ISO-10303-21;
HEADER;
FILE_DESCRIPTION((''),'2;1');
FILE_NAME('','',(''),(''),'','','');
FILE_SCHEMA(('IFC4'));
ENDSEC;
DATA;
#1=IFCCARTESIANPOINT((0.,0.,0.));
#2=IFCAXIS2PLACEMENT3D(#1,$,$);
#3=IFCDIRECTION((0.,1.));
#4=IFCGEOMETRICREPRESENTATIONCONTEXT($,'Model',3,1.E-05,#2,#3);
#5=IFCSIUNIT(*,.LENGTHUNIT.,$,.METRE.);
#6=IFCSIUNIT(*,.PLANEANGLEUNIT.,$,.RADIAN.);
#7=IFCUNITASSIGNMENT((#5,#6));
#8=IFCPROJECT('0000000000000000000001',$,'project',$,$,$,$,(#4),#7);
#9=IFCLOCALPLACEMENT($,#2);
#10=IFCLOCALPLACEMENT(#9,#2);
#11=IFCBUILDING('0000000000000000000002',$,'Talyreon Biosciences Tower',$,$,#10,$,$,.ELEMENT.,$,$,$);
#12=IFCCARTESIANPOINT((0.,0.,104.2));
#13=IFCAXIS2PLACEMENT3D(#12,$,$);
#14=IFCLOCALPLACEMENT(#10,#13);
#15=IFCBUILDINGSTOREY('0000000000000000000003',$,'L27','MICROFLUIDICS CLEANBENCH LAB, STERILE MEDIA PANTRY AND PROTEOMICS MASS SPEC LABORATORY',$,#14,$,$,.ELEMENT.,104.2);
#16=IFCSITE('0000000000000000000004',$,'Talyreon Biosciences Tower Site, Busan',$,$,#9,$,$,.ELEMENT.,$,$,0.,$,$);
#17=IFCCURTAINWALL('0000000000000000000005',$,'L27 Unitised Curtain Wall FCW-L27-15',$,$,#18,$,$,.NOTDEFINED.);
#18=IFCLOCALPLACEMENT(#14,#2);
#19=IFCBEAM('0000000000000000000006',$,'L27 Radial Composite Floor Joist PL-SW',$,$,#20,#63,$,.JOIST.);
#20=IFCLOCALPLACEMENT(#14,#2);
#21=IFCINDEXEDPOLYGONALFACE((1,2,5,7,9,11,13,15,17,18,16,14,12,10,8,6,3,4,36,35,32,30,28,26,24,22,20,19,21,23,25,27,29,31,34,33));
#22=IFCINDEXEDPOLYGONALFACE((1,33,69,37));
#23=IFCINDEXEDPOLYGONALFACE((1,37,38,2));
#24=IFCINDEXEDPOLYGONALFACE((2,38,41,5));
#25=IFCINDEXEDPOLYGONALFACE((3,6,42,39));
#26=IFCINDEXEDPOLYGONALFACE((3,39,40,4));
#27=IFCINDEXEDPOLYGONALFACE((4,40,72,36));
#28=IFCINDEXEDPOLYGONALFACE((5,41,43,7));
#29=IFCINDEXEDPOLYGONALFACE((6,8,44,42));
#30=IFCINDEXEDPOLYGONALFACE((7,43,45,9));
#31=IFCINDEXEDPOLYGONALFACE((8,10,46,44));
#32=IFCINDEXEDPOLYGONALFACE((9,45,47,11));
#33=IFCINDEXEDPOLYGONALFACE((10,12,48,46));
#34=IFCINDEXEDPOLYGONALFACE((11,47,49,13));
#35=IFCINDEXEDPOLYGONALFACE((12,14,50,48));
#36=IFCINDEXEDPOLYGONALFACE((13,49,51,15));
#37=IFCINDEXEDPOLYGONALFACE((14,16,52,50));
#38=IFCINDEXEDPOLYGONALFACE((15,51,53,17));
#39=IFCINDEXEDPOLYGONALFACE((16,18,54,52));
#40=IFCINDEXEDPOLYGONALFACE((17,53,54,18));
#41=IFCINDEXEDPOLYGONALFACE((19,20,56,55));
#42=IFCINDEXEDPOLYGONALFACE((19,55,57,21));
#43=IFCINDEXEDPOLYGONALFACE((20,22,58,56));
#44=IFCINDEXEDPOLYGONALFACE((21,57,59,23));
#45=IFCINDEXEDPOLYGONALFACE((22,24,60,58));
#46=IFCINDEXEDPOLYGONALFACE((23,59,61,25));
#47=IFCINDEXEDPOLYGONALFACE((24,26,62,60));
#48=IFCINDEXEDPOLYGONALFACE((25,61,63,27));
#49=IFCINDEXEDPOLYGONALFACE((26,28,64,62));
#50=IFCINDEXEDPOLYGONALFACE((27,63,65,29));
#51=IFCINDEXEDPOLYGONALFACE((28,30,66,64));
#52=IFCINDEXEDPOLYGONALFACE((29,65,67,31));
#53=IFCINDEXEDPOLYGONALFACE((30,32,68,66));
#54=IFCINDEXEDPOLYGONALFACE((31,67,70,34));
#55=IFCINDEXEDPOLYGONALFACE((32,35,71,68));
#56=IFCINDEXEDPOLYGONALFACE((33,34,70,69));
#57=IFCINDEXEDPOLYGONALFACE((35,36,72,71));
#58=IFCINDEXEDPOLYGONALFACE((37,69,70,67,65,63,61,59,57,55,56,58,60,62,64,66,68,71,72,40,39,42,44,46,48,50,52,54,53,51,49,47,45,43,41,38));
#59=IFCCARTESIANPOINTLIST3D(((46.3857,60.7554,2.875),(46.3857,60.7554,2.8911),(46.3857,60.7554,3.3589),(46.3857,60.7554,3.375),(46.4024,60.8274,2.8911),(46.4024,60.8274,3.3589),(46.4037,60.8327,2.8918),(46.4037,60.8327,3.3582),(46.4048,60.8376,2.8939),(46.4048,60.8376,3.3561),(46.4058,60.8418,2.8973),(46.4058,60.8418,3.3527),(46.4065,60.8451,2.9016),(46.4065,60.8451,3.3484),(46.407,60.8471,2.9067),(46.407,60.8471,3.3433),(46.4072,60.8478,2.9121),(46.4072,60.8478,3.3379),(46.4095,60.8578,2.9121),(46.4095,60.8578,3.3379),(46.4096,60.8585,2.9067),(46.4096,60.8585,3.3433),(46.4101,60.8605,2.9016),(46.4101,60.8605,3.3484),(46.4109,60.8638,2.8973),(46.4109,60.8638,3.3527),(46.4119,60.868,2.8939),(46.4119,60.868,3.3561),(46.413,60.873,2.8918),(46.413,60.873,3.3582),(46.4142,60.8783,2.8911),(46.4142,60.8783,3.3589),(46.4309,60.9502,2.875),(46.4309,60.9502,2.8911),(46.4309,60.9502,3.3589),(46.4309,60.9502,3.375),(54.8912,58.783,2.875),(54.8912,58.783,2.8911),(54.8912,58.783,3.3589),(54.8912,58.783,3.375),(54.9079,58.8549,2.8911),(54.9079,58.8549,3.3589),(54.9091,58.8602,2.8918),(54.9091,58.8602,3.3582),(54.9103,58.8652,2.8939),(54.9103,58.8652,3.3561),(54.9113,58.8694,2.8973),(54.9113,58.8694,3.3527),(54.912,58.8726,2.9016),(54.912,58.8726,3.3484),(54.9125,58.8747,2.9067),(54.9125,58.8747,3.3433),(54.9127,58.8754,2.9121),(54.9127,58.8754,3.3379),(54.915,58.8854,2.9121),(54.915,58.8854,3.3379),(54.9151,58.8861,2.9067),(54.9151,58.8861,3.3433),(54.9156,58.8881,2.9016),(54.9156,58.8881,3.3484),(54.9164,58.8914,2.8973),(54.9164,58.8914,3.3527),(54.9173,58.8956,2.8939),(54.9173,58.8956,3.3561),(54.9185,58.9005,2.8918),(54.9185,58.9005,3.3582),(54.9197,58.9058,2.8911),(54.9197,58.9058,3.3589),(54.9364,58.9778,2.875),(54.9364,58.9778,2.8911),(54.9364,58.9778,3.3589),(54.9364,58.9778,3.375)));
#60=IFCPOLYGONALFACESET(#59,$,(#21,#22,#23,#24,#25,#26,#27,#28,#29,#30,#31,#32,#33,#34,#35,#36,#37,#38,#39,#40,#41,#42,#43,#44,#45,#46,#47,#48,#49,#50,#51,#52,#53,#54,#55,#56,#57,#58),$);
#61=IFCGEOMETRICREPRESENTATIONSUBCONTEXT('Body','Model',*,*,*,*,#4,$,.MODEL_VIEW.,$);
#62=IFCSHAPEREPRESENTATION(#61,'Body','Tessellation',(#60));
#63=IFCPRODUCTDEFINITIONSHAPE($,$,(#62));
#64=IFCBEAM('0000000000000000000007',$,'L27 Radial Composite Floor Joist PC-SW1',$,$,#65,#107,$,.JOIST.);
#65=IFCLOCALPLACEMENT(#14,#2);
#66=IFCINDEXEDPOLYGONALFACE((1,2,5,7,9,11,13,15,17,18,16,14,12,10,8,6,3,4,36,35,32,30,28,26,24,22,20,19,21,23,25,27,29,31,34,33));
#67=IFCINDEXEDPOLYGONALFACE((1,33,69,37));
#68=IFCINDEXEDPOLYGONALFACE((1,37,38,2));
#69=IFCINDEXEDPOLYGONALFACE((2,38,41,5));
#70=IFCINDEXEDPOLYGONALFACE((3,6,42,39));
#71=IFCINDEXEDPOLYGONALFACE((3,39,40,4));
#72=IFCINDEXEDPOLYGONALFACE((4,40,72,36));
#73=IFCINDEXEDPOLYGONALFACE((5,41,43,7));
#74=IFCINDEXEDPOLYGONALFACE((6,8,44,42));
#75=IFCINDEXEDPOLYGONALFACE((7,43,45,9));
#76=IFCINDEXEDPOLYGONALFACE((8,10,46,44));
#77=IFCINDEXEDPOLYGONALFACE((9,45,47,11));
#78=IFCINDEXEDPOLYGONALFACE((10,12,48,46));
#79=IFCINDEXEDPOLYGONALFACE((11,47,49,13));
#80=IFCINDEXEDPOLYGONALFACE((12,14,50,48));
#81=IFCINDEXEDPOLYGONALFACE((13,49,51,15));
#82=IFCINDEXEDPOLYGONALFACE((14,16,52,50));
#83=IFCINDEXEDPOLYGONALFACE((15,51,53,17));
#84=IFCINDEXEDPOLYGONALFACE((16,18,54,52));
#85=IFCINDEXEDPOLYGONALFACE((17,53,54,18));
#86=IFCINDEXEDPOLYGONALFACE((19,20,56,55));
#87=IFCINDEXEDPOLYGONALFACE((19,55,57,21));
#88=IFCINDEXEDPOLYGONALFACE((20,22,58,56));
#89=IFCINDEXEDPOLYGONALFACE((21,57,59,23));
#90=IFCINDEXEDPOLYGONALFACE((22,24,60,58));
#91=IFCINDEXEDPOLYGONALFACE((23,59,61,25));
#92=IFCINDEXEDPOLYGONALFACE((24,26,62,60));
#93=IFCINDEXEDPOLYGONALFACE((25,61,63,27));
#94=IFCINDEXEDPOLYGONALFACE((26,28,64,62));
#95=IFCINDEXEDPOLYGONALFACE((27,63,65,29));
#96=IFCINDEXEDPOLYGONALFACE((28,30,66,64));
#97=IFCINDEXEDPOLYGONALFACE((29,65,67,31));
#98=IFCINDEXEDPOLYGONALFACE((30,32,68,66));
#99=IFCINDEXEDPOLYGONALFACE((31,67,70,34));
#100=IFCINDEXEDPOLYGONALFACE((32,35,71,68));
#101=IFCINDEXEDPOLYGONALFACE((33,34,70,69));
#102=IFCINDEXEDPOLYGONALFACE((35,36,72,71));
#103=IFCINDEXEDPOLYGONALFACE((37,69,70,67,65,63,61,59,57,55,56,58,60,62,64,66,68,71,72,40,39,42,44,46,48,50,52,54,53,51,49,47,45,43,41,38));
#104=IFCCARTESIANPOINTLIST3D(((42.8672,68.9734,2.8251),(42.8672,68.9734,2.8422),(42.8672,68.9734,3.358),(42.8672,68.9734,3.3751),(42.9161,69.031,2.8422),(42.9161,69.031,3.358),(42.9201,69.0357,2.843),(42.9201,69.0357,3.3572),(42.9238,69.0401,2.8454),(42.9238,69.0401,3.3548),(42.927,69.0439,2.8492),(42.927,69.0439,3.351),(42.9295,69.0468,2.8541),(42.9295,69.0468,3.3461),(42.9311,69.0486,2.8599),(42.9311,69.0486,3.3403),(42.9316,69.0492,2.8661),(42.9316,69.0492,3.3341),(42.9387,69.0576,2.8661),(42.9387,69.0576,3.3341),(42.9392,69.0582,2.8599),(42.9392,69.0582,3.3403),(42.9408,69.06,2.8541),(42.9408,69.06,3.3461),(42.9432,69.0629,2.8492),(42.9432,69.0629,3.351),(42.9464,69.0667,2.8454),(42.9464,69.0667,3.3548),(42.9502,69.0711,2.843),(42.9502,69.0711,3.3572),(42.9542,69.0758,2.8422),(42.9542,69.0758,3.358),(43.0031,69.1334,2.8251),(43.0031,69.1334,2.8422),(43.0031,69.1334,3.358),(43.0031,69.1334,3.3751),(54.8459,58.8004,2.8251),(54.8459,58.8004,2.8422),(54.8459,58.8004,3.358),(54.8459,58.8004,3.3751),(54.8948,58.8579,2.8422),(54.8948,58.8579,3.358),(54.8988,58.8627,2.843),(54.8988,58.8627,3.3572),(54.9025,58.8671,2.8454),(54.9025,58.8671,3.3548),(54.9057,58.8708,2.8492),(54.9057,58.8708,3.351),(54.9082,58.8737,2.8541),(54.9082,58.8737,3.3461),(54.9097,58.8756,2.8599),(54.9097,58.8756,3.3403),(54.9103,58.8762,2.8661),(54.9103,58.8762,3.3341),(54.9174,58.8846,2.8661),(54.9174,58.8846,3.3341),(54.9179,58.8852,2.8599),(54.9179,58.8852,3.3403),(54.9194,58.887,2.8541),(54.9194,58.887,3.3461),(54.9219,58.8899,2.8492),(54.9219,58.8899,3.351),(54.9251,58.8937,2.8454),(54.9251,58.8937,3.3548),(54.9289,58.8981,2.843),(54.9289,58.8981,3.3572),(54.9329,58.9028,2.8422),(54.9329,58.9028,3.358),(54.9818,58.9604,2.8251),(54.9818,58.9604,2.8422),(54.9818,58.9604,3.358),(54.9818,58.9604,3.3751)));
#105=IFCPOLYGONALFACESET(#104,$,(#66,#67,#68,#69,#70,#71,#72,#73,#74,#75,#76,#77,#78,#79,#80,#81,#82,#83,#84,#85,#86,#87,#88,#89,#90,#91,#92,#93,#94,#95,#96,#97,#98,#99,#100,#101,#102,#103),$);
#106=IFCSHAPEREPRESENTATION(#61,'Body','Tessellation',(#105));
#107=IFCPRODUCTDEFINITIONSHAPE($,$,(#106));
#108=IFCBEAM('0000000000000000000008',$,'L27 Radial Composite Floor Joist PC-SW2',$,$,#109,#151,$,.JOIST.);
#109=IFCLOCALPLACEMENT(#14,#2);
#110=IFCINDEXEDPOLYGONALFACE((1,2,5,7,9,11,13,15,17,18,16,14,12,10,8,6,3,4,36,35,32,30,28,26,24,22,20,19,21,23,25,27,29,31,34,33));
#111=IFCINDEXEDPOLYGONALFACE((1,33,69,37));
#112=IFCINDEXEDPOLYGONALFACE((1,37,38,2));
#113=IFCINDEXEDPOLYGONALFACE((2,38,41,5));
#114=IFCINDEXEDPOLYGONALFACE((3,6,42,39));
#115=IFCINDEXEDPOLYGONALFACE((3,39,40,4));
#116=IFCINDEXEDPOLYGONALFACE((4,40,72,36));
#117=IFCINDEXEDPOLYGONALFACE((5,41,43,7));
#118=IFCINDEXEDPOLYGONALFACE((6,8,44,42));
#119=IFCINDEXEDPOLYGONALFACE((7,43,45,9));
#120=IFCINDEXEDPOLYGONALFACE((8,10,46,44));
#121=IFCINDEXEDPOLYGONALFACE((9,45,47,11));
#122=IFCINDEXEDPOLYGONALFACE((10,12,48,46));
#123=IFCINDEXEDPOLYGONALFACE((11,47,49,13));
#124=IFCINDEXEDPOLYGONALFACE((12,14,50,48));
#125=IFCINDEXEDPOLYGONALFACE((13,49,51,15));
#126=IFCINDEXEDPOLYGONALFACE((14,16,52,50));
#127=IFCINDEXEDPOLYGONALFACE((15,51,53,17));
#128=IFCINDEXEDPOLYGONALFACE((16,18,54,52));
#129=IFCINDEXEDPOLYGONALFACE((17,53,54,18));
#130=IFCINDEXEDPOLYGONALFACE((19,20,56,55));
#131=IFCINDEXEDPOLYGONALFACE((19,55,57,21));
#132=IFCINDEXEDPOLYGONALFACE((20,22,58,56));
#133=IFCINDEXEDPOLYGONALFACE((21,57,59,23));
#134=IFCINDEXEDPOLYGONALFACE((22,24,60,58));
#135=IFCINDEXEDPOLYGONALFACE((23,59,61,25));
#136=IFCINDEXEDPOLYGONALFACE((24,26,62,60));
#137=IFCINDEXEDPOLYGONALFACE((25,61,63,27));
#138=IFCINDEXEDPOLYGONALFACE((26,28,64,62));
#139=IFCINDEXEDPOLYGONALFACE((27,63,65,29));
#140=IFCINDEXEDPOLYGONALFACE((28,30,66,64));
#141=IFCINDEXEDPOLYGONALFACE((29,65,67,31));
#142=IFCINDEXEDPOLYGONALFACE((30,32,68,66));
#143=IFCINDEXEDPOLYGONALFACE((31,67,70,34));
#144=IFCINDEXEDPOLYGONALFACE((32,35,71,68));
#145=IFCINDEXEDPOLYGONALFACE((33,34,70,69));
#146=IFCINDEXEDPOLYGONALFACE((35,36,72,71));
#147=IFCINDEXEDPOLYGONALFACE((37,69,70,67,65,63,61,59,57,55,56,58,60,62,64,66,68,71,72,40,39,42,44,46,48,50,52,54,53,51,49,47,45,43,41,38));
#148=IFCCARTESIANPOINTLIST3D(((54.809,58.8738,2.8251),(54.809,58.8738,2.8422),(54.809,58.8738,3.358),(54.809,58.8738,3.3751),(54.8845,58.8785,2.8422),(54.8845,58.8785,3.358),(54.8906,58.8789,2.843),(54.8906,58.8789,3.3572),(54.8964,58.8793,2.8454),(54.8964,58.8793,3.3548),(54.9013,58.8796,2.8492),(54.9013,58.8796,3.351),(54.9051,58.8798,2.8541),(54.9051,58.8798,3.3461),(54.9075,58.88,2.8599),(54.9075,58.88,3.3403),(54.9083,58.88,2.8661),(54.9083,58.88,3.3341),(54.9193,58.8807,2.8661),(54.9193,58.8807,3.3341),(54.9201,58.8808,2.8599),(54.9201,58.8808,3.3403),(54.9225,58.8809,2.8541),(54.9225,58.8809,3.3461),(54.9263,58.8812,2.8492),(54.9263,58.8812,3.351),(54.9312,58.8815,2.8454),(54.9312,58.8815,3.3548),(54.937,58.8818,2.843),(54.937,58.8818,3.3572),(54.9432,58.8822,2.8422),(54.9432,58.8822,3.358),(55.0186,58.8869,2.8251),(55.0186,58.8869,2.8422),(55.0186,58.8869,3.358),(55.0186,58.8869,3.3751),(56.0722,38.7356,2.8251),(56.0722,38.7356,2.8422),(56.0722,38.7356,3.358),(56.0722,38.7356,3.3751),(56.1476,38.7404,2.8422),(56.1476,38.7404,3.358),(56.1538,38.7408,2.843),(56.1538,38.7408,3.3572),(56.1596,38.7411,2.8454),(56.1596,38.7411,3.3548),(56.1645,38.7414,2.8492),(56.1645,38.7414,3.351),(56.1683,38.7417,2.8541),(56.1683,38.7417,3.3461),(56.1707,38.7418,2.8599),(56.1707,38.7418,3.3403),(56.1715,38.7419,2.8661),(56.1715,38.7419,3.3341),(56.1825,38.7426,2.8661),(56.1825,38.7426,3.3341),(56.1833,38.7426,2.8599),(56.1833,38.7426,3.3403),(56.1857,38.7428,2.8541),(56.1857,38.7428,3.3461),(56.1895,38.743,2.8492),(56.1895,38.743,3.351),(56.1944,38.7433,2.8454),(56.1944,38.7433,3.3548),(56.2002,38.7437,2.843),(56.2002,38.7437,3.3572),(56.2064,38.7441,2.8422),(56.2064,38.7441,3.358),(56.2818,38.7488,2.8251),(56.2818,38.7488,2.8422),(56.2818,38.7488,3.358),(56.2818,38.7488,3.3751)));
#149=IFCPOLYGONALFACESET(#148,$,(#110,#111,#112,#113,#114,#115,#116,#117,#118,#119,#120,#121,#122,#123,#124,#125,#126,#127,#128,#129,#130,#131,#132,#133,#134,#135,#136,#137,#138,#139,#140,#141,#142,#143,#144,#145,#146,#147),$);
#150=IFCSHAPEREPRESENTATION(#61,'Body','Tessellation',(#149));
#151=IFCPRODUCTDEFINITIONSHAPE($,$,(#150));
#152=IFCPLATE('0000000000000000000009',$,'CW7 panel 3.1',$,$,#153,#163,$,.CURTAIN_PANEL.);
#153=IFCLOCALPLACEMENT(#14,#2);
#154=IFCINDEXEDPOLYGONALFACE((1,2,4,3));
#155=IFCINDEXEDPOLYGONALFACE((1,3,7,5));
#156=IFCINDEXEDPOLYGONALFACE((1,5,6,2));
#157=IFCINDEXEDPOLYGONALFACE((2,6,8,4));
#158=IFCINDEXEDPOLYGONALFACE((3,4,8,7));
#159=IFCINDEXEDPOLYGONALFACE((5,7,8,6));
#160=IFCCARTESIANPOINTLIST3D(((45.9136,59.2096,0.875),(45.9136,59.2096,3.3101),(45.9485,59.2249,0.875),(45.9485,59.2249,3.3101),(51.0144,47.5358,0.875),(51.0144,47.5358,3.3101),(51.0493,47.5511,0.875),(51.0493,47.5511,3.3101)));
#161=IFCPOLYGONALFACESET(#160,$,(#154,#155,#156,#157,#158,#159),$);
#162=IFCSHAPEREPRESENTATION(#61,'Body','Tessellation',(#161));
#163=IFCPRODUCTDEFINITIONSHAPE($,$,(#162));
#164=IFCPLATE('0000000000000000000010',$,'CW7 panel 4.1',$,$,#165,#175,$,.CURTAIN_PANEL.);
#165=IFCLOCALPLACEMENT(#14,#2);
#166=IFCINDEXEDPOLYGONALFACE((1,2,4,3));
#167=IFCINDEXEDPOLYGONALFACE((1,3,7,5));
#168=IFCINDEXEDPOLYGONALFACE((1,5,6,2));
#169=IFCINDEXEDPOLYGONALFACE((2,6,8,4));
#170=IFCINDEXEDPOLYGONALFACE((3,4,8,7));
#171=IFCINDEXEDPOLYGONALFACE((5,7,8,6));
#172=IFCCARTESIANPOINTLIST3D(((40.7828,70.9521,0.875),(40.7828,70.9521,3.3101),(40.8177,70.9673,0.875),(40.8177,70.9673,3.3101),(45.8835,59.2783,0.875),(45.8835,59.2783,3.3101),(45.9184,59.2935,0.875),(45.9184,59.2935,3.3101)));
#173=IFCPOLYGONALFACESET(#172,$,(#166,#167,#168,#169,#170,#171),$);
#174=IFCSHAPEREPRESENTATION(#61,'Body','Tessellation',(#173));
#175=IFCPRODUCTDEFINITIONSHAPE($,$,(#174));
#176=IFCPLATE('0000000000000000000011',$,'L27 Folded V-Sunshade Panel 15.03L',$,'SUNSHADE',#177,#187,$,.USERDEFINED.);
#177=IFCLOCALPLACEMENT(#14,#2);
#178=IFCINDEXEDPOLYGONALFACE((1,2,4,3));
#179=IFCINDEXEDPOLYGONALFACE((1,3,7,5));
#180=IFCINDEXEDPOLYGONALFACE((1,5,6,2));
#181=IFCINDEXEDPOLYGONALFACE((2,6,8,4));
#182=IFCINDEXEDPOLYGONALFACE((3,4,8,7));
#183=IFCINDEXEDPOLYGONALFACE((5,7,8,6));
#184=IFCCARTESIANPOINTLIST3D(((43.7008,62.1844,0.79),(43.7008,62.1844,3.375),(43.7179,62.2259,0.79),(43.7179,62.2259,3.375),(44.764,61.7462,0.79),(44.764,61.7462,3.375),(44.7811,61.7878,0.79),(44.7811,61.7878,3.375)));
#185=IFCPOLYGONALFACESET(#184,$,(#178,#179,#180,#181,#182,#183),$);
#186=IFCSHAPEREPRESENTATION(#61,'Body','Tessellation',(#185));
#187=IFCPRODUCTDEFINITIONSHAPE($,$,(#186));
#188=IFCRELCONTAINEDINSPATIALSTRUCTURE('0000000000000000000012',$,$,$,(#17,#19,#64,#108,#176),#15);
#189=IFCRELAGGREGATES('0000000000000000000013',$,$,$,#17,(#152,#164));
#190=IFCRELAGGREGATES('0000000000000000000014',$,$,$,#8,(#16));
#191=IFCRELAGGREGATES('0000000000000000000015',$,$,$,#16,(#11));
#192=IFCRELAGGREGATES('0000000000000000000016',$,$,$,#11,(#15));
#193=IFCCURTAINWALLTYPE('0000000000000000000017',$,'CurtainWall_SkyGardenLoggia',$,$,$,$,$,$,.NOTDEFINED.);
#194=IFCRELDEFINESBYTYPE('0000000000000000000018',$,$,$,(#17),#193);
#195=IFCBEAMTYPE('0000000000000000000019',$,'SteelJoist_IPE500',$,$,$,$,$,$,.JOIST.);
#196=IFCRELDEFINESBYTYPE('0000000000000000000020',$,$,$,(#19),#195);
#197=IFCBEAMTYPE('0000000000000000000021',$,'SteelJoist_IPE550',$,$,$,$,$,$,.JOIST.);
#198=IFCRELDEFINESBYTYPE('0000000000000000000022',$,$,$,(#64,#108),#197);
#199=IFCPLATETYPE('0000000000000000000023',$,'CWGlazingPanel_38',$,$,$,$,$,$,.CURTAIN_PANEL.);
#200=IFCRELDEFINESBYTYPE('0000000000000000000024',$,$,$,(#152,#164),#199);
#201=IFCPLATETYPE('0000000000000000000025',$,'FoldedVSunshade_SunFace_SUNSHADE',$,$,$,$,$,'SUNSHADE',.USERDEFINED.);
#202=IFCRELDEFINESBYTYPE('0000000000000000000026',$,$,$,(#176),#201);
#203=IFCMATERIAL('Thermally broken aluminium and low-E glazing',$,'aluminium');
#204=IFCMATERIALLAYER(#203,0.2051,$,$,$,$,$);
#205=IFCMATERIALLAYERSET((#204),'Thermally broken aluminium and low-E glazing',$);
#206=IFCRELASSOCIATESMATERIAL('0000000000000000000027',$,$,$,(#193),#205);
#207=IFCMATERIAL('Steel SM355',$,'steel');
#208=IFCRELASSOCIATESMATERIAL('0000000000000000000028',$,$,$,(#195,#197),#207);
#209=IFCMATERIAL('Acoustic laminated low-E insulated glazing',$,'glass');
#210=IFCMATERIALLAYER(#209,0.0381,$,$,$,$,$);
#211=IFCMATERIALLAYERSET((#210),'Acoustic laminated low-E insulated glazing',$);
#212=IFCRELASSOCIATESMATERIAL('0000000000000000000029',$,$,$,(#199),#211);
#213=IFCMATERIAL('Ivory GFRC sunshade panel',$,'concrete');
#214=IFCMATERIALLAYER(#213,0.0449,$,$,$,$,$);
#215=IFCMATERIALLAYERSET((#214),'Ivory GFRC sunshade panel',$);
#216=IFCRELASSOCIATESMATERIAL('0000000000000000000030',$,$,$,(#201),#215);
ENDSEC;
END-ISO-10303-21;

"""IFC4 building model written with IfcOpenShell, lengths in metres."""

from ifc_helpers import new_model, si_unit, direction, frame, origin, origin_2d, place, context, subcontext, project, spatial, rectangle, i_section, extrude, material, layer, layer_set, material_profile, profile_set, type_object, element, aggregate, save


model = new_model("IFC4")

# Units and contexts
model_context = context("Model", 3, precision=1e-05, world=origin(), true_north=direction((0.0, 1.0)))
body_context = subcontext(model_context, "Body", "Model", "MODEL_VIEW")
ifc_project = project(units=[si_unit("LENGTHUNIT", "METRE"), si_unit("PLANEANGLEUNIT", "RADIAN")], contexts=[model_context])

# Site, building, storey
site_placement = place(None, origin())
site = spatial("IfcSite", under=ifc_project, at=site_placement, Name="Talyreon Biosciences Tower Site, Busan", CompositionType="ELEMENT", RefElevation=0.0)
building_placement = place(site_placement, origin())
building = spatial("IfcBuilding", under=site, at=building_placement, Name="Talyreon Biosciences Tower", CompositionType="ELEMENT")
storey_placement = place(building_placement, frame((0.0, 0.0, 104.2)))
storey = spatial("IfcBuildingStorey", under=building, at=storey_placement, Name="L27", Description="MICROFLUIDICS CLEANBENCH LAB, STERILE MEDIA PANTRY AND PROTEOMICS MASS SPEC LABORATORY", CompositionType="ELEMENT", Elevation=104.2)

# Curtain wall
ifc_material_1 = material(Name="Thermally broken aluminium and low-E glazing", Category="aluminium")
ifc_layer_1 = layer(ifc_material_1, 0.2051)
ifc_layer_set_1 = layer_set([ifc_layer_1], Name="Thermally broken aluminium and low-E glazing")
curtain_wall_type = type_object("IfcCurtainWallType", Name="CurtainWall_SkyGardenLoggia", PredefinedType="NOTDEFINED", material=ifc_layer_set_1)
curtain_wall_placement = place(storey_placement, origin())
curtain_wall = element("IfcCurtainWall", 1, at=curtain_wall_placement, inside=storey, type_object=curtain_wall_type, Name="L27 Unitised Curtain Wall FCW-L27-15", PredefinedType="NOTDEFINED")

# Beams
ifc_material_2 = material(Name="Steel SM355", Category="steel")
ifc_material_profile_1 = material_profile(ifc_material_2, i_section(OverallWidth=0.2, OverallDepth=0.5, WebThickness=0.0103, FlangeThickness=0.0161, FilletRadius=0.021, at=origin_2d()), Name="IPE500")
ifc_profile_set_1 = profile_set([ifc_material_profile_1], Name="Steel SM355")
beam_type_1 = type_object("IfcBeamType", Name="SteelJoist_IPE500", PredefinedType="JOIST", material=ifc_profile_set_1)
beam_1_placement = place(storey_placement, frame((54.9138, 58.8804, 3.125), z_axis=(-0.974149, 0.225907, 0.0), x_axis=(-0.225907, -0.974149, 0.0)))
element("IfcBeam", 2, at=beam_1_placement, inside=storey, type_object=beam_type_1, Name="L27 Radial Composite Floor Joist PL-SW", PredefinedType="JOIST", context=body_context, shape_type="SweptSolid", body=[
    extrude(i_section(OverallWidth=0.2, OverallDepth=0.5, WebThickness=0.0103, FlangeThickness=0.0161, FilletRadius=0.021, at=origin_2d()), origin(), (0.0, 0.0, 1.0), 8.7312),
])
ifc_material_profile_2 = material_profile(ifc_material_2, i_section(OverallWidth=0.21, OverallDepth=0.55, WebThickness=0.011, FlangeThickness=0.0171, FilletRadius=0.0239, at=origin_2d()), Name="IPE550")
ifc_profile_set_2 = profile_set([ifc_material_profile_2], Name="Steel SM355")
beam_type_2 = type_object("IfcBeamType", Name="SteelJoist_IPE550", PredefinedType="JOIST", material=ifc_profile_set_2)
beam_2_placement = place(storey_placement, frame((54.9138, 58.8804, 3.1001), z_axis=(-0.762217, 0.647321, 0.0), x_axis=(-0.647321, -0.762217, 0.0)))
element("IfcBeam", 3, at=beam_2_placement, inside=storey, type_object=beam_type_2, Name="L27 Radial Composite Floor Joist PC-SW1", PredefinedType="JOIST", context=body_context, shape_type="SweptSolid", body=[
    extrude(i_section(OverallWidth=0.21, OverallDepth=0.55, WebThickness=0.011, FlangeThickness=0.0171, FilletRadius=0.0239, at=origin_2d()), origin(), (0.0, 0.0, 1.0), 15.7156),
])
beam_3_placement = place(storey_placement, frame((54.9138, 58.8804, 3.1001), z_axis=(0.062603, -0.998039, 0.0), x_axis=(0.998039, 0.062603, 0.0)))
element("IfcBeam", 4, at=beam_3_placement, inside=storey, type_object=beam_type_2, Name="L27 Radial Composite Floor Joist PC-SW2", PredefinedType="JOIST", context=body_context, shape_type="SweptSolid", body=[
    extrude(i_section(OverallWidth=0.21, OverallDepth=0.55, WebThickness=0.011, FlangeThickness=0.0171, FilletRadius=0.0239, at=origin_2d()), origin(), (0.0, 0.0, 1.0), 20.1777),
])

# Plates
ifc_material_3 = material(Name="Acoustic laminated low-E insulated glazing", Category="glass")
ifc_layer_2 = layer(ifc_material_3, 0.0381)
ifc_layer_set_2 = layer_set([ifc_layer_2], Name="Acoustic laminated low-E insulated glazing")
plate_type_1 = type_object("IfcPlateType", Name="CWGlazingPanel_38", PredefinedType="CURTAIN_PANEL", material=ifc_layer_set_2)
plate_1_placement = place(storey_placement, frame((48.4814, 53.3804, 0.875), z_axis=(0.0, 0.0, 1.0), x_axis=(-0.400387, 0.916346, 0.0)))
plate_1 = element("IfcPlate", 5, at=plate_1_placement, type_object=plate_type_1, Name="CW7 panel 3.1", PredefinedType="CURTAIN_PANEL", context=body_context, shape_type="SweptSolid", body=[
    extrude(rectangle(XDim=12.7395, YDim=0.0381, at=origin_2d()), origin(), (0.0, 0.0, 1.0), 2.4351),
])
plate_2_placement = place(storey_placement, frame((43.3506, 65.1228, 0.875), z_axis=(0.0, 0.0, 1.0), x_axis=(-0.400387, 0.916346, 0.0)))
plate_2 = element("IfcPlate", 6, at=plate_2_placement, type_object=plate_type_1, Name="CW7 panel 4.1", PredefinedType="CURTAIN_PANEL", context=body_context, shape_type="SweptSolid", body=[
    extrude(rectangle(XDim=12.7395, YDim=0.0381, at=origin_2d()), origin(), (0.0, 0.0, 1.0), 2.4351),
])
aggregate(curtain_wall, [plate_1, plate_2])

# Plate
ifc_material_4 = material(Name="Ivory GFRC sunshade panel", Category="concrete")
ifc_layer_3 = layer(ifc_material_4, 0.0449)
ifc_layer_set_3 = layer_set([ifc_layer_3], Name="Ivory GFRC sunshade panel")
plate_type_2 = type_object("IfcPlateType", Name="FoldedVSunshade_SunFace_SUNSHADE", ElementType="SUNSHADE", PredefinedType="USERDEFINED", material=ifc_layer_set_3)
for number, where, z_axis, x_axis, name in (
    (7, (44.241, 61.9861, 0.79), (0.0, 0.0, 1.0), (-0.924559, 0.381038, 0.0), "L27 Folded V-Sunshade Panel 15.03L"),
):
    element("IfcPlate", number, at=place(storey_placement, frame(where, z_axis=z_axis, x_axis=x_axis)), inside=storey, type_object=plate_type_2, Name=name, ObjectType="SUNSHADE", PredefinedType="USERDEFINED", context=body_context, shape_type="SweptSolid", body=[
        extrude(rectangle(XDim=1.1499, YDim=0.0449, at=origin_2d()), origin(), (0.0, 0.0, 1.0), 2.585),
    ])

save(model, "model.ifc")
